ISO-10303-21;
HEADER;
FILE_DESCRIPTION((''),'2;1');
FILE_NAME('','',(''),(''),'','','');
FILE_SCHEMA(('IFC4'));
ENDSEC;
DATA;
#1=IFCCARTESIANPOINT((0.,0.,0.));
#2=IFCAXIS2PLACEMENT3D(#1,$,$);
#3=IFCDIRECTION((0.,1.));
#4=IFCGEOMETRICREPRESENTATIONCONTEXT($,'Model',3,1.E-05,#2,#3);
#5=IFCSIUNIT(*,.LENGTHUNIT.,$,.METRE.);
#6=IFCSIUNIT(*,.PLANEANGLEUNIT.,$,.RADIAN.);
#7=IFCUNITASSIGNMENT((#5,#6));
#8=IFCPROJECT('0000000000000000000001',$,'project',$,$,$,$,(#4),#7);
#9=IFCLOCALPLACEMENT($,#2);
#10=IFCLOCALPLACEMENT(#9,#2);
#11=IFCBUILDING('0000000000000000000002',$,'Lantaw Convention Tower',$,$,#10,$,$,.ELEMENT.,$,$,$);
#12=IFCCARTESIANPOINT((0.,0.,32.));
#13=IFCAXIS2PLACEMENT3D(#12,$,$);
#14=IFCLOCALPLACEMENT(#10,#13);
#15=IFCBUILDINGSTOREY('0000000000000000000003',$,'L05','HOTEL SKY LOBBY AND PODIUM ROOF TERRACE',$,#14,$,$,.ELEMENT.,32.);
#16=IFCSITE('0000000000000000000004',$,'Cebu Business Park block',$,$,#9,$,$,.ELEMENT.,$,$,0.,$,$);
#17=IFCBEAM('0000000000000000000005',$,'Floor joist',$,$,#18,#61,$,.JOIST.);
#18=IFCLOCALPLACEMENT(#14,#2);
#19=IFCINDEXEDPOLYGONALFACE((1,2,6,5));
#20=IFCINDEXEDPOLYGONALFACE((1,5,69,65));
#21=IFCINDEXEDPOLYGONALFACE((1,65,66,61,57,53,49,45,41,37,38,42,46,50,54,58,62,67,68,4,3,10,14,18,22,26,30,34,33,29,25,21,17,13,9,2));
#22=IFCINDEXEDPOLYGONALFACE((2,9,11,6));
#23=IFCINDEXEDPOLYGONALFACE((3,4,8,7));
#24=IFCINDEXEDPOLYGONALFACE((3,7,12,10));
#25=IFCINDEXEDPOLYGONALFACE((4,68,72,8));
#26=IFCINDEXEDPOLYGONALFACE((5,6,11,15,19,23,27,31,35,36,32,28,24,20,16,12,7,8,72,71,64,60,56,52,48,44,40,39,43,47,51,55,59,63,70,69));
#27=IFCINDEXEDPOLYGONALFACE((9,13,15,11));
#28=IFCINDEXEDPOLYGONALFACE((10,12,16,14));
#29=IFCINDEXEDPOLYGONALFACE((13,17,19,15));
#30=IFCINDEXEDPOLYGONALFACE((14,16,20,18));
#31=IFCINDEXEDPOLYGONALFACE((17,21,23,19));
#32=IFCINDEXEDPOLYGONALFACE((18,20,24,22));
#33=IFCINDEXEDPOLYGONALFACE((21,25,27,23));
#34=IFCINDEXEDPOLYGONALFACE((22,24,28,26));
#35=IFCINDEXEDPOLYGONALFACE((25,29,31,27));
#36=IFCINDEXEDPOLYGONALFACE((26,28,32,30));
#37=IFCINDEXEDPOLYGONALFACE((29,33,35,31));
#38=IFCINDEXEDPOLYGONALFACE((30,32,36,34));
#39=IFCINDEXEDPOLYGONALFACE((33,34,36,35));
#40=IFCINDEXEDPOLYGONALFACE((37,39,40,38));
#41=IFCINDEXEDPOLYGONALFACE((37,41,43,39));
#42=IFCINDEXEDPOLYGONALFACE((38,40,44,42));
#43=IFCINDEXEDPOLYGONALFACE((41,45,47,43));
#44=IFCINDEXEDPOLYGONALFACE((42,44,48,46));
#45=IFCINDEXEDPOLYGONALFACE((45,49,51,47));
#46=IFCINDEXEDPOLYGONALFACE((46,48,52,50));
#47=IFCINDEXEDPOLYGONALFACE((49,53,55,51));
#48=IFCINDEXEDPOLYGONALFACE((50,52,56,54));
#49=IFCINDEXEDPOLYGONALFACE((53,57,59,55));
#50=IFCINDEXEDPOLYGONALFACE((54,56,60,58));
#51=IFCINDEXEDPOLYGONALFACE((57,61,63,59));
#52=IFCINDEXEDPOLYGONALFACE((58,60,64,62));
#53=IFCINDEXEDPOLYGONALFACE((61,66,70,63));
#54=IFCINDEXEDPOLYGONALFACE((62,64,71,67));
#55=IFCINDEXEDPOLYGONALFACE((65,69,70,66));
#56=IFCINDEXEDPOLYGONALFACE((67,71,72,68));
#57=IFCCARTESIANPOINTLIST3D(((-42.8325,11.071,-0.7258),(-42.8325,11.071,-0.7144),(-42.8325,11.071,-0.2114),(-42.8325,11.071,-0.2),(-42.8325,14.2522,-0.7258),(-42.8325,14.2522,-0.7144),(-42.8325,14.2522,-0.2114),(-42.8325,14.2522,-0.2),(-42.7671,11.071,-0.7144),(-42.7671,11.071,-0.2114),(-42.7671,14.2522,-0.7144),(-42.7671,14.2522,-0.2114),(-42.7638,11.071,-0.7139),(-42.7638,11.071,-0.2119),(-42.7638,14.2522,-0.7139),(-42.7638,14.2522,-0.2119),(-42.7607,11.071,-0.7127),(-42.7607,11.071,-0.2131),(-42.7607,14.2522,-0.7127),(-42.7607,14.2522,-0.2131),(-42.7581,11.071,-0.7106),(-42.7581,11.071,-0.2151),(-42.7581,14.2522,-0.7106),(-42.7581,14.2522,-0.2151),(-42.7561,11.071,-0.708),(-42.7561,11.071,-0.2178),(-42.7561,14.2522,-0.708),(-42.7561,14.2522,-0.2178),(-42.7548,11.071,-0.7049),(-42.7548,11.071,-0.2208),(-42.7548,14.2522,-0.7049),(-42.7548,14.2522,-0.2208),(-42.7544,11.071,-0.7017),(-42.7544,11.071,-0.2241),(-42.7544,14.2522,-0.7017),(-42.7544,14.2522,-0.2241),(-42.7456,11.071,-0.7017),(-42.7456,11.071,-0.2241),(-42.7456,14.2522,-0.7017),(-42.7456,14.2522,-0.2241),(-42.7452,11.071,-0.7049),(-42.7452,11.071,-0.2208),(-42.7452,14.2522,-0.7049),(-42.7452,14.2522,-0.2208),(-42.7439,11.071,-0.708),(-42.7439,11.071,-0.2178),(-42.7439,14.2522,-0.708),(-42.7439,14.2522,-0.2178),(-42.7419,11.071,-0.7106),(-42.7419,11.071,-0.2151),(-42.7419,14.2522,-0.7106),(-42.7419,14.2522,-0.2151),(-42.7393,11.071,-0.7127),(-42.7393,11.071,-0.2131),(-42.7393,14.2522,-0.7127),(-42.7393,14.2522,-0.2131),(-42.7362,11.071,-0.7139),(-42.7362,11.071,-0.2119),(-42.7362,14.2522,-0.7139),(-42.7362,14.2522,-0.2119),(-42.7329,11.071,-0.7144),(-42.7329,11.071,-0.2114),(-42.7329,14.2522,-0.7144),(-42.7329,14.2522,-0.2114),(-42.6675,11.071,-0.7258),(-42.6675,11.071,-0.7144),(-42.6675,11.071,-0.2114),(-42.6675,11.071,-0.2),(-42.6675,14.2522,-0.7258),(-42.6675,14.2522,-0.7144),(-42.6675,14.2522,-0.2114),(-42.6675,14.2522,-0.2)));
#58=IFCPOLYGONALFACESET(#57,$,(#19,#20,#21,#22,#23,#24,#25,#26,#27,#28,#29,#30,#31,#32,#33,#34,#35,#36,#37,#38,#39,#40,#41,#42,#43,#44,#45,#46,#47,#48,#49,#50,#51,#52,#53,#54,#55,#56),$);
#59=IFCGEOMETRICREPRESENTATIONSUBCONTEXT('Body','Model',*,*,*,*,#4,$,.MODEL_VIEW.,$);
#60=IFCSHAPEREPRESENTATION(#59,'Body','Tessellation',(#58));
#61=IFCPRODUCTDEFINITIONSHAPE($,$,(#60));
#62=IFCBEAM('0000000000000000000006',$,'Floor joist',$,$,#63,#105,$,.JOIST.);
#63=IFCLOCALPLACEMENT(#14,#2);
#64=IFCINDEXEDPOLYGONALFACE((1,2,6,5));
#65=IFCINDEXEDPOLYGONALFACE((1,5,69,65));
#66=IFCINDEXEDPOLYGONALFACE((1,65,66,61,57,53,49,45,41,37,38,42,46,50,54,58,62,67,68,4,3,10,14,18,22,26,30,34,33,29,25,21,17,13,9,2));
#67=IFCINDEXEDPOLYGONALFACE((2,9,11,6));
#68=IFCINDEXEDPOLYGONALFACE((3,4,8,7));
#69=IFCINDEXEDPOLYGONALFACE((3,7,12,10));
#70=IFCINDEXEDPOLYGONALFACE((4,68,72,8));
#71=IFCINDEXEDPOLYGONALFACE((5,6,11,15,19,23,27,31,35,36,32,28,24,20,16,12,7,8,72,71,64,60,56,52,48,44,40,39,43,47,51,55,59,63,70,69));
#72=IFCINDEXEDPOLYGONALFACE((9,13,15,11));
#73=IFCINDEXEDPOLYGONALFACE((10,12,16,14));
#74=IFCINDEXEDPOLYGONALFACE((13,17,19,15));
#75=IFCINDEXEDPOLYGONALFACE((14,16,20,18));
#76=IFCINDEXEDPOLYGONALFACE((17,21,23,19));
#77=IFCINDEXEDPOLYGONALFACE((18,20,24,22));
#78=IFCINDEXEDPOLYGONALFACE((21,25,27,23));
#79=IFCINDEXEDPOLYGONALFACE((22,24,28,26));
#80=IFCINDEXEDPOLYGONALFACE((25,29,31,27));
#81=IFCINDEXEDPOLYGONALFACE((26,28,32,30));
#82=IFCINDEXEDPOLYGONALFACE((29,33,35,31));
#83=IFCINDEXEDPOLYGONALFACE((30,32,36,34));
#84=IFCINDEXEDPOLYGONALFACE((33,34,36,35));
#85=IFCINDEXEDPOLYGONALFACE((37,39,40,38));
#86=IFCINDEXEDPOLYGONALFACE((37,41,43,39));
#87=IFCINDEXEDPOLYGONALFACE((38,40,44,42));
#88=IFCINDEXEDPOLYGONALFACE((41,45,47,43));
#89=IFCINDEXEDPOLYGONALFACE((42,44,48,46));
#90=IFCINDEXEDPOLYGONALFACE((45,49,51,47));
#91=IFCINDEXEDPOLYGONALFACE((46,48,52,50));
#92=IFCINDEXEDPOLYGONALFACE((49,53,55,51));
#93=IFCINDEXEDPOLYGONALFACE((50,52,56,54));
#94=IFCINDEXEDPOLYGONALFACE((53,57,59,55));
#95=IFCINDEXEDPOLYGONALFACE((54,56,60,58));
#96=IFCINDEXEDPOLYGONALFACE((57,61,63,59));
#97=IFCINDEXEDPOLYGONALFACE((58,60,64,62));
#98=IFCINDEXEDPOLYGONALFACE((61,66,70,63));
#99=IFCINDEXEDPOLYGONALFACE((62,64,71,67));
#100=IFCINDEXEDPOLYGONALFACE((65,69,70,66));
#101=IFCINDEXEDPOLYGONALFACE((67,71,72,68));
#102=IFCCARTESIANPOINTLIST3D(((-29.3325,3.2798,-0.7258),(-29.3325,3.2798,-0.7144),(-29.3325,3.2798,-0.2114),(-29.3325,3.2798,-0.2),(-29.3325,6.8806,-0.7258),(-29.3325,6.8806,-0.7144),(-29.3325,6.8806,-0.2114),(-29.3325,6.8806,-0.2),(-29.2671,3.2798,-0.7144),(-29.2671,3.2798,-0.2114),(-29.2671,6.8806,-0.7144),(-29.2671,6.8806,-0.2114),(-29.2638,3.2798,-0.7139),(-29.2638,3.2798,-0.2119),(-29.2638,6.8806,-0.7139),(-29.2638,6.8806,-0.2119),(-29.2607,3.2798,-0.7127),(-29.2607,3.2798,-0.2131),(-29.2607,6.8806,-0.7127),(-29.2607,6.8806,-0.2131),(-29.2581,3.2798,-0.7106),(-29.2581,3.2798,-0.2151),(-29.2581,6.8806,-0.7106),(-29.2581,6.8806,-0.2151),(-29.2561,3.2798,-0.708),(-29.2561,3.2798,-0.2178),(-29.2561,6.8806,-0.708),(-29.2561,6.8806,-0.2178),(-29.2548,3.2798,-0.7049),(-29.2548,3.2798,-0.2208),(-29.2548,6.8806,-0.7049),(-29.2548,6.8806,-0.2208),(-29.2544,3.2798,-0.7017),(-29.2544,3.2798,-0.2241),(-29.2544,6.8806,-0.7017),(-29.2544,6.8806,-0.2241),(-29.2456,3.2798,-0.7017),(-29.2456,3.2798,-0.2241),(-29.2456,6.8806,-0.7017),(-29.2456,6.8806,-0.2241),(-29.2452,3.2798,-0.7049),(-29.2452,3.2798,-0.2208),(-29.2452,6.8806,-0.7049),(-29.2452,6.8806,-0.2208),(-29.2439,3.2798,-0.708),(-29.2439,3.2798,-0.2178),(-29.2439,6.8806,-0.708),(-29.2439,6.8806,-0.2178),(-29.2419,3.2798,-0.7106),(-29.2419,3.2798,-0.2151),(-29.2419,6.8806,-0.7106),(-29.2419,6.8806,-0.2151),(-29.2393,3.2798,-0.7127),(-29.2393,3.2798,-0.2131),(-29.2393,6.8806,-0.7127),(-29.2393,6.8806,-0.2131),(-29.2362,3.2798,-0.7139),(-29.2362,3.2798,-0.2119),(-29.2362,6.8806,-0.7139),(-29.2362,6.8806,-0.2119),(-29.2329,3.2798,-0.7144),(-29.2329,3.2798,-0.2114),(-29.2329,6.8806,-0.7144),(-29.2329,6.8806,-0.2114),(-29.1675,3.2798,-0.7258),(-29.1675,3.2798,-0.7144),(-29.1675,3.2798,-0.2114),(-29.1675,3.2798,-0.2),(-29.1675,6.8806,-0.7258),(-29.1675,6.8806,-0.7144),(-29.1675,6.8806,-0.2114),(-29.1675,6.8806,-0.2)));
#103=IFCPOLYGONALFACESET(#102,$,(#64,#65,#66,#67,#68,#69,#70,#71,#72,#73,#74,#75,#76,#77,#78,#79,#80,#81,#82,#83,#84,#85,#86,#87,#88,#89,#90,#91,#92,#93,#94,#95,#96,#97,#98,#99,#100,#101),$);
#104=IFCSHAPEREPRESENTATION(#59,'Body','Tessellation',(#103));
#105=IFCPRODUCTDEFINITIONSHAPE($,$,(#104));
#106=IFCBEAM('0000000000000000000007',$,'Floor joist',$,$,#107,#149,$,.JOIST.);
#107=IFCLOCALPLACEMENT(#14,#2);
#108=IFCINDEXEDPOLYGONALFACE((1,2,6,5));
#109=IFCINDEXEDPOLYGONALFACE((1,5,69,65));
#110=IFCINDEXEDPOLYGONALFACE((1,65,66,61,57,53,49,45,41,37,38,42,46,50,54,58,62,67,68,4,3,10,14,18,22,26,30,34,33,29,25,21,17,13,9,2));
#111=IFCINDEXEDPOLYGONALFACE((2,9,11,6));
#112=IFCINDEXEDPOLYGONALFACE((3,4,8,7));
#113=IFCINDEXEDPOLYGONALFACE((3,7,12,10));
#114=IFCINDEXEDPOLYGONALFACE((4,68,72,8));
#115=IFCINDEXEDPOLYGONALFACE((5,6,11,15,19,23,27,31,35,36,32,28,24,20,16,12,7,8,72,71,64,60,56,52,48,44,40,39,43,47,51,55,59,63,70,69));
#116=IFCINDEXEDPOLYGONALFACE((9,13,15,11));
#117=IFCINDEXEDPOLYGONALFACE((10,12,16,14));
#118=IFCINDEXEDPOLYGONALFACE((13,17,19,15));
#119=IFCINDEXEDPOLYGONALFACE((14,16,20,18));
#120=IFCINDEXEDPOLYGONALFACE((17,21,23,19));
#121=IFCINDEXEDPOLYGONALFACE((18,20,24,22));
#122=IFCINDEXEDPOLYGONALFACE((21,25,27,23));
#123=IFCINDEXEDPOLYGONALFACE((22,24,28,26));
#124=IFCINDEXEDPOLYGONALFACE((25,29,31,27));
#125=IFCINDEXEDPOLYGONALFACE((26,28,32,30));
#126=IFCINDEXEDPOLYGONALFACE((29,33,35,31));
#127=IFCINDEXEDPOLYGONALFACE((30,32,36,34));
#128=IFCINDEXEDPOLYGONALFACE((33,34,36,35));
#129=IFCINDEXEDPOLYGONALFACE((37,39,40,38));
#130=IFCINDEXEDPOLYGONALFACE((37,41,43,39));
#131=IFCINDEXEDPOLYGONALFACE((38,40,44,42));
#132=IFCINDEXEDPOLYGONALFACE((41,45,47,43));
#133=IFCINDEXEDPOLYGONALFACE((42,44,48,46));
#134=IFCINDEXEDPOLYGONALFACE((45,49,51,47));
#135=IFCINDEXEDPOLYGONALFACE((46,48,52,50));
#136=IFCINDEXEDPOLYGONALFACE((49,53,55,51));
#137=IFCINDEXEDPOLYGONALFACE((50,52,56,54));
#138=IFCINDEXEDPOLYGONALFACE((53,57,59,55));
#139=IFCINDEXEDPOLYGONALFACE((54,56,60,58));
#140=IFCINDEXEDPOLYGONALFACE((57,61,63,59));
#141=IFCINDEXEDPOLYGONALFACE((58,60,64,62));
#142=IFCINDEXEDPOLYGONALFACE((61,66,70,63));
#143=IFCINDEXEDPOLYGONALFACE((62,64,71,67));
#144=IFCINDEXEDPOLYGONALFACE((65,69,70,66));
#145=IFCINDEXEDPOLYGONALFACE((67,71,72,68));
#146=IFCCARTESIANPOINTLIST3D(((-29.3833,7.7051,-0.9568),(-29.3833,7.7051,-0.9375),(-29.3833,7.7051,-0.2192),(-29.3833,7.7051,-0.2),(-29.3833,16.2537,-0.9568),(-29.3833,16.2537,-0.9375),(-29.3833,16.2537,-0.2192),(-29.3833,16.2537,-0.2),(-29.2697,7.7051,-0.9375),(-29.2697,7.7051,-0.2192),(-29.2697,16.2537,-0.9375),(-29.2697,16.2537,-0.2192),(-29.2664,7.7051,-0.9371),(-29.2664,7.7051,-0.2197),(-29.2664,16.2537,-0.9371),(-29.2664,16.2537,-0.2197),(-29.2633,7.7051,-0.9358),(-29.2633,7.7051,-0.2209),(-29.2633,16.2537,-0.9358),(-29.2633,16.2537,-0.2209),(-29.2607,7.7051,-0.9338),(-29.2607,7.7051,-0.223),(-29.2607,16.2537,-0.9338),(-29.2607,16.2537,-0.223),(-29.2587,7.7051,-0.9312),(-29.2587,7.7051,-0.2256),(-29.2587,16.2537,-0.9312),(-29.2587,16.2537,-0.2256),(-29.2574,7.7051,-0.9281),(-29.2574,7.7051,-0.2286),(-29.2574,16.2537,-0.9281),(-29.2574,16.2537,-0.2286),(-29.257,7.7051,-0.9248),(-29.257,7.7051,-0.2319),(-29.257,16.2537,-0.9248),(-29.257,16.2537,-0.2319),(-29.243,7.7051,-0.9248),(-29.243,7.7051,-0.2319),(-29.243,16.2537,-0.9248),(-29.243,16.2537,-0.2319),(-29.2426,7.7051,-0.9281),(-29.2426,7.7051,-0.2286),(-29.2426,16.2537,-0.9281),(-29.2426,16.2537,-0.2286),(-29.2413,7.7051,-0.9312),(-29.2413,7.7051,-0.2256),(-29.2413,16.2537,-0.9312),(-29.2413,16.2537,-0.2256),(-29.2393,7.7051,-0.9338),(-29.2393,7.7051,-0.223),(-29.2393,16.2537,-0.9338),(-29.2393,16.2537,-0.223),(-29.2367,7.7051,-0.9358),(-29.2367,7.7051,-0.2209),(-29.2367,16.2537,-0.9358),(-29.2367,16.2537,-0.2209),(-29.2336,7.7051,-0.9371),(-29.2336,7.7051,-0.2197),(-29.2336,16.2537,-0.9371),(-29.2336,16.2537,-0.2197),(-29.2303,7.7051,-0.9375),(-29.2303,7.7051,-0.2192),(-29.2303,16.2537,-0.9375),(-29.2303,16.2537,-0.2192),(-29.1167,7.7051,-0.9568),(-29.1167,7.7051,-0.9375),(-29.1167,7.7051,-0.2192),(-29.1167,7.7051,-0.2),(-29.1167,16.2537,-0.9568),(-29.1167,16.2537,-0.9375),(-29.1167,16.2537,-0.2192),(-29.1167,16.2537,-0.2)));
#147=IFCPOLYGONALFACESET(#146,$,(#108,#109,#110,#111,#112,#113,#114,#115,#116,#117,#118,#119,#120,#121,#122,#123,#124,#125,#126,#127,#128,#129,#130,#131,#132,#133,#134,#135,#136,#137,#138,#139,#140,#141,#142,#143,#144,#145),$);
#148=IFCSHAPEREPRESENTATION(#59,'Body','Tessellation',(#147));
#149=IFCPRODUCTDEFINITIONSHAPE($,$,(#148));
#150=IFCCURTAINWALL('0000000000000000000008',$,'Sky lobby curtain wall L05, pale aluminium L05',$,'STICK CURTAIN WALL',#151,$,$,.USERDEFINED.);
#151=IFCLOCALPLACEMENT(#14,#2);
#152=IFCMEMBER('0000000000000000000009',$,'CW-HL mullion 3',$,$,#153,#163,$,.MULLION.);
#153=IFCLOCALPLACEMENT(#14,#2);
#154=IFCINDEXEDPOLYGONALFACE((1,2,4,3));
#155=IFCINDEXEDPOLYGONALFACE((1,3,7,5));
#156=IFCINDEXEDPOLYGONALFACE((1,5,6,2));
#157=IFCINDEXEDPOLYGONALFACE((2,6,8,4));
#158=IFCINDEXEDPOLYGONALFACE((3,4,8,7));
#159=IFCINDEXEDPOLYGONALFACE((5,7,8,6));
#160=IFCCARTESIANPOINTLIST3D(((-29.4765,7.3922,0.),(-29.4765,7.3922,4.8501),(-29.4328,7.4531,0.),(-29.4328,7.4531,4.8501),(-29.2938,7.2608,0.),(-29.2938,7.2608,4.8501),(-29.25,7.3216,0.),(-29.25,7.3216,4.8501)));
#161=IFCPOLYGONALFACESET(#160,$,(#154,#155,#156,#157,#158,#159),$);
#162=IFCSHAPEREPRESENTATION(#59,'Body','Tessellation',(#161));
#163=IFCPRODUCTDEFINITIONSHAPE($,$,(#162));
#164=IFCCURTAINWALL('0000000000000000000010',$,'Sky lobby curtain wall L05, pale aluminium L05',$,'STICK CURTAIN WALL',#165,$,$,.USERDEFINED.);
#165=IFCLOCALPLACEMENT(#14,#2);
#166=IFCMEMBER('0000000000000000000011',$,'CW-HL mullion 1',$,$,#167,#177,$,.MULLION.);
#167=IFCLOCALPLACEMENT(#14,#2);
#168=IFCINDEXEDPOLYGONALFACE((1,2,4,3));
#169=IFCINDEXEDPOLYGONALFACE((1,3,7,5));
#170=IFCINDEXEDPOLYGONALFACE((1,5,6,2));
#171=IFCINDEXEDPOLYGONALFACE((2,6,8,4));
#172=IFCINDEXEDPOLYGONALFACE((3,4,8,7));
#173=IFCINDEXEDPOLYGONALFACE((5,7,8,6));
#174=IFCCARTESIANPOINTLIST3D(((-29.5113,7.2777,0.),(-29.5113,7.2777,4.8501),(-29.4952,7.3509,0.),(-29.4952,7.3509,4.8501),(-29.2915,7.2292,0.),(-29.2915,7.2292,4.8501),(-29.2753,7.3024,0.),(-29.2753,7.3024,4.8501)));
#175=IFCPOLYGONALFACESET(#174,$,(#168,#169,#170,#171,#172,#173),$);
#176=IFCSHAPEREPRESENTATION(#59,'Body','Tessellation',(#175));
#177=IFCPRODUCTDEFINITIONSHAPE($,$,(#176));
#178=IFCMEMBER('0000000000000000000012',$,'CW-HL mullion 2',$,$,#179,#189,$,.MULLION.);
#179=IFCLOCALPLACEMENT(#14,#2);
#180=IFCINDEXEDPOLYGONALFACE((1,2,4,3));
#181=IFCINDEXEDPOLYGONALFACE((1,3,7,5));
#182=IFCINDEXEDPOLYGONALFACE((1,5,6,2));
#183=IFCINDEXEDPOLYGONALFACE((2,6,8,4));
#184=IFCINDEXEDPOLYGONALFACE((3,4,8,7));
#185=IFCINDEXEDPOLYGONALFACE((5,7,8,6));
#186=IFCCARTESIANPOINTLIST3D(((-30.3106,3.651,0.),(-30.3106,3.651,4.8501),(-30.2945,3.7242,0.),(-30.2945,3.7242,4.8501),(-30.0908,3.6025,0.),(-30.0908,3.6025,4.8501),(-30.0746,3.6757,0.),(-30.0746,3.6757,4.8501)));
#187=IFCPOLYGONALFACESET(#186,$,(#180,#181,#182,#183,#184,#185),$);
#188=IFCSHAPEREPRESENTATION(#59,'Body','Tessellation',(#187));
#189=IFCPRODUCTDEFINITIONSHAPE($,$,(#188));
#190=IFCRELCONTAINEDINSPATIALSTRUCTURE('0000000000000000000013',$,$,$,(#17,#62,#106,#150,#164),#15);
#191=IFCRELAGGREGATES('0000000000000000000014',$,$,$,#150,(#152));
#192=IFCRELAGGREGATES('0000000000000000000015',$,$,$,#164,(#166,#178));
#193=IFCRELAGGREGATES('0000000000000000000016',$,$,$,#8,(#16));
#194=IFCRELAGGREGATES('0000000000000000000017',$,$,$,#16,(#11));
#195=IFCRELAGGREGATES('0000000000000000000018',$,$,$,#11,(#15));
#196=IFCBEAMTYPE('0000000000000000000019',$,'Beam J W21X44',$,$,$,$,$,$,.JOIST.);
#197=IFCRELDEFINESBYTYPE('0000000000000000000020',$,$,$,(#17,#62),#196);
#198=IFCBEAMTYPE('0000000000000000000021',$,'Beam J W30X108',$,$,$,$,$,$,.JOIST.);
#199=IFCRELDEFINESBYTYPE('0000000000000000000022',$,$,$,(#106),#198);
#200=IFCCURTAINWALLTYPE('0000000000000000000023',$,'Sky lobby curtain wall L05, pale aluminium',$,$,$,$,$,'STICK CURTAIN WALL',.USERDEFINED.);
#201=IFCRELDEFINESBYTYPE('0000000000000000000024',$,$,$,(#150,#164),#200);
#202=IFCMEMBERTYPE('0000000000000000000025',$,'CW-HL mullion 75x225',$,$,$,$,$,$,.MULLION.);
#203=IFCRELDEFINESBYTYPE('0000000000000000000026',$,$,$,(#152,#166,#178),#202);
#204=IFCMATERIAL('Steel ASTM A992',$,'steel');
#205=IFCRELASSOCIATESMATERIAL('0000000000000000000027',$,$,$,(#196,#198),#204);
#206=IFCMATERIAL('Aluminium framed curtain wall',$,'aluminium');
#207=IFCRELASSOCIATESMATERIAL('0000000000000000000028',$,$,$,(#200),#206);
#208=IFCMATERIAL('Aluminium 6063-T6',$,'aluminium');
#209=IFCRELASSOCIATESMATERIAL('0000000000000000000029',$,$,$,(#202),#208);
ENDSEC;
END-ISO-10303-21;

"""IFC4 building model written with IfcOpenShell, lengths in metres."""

from ifc_helpers import new_model, si_unit, direction, frame, origin, origin_2d, place, context, subcontext, project, spatial, rectangle, i_section, extrude, material, material_profile, profile_set, type_object, element, aggregate, save


model = new_model("IFC4")

# Units and contexts
model_context = context("Model", 3, precision=1e-05, world=origin(), true_north=direction((0.0, 1.0)))
body_context = subcontext(model_context, "Body", "Model", "MODEL_VIEW")
ifc_project = project(units=[si_unit("LENGTHUNIT", "METRE"), si_unit("PLANEANGLEUNIT", "RADIAN")], contexts=[model_context])

# Site, building, storey
site_placement = place(None, origin())
site = spatial("IfcSite", under=ifc_project, at=site_placement, Name="Cebu Business Park block", CompositionType="ELEMENT", RefElevation=0.0)
building_placement = place(site_placement, origin())
building = spatial("IfcBuilding", under=site, at=building_placement, Name="Lantaw Convention Tower", CompositionType="ELEMENT")
storey_placement = place(building_placement, frame((0.0, 0.0, 32.0)))
storey = spatial("IfcBuildingStorey", under=building, at=storey_placement, Name="L05", Description="HOTEL SKY LOBBY AND PODIUM ROOF TERRACE", CompositionType="ELEMENT", Elevation=32.0)

# Beams
ifc_material_1 = material(Name="Steel ASTM A992", Category="steel")
ifc_material_profile_1 = material_profile(ifc_material_1, i_section(OverallWidth=0.165, OverallDepth=0.5259, WebThickness=0.0088, FlangeThickness=0.0115, FilletRadius=0.0127, at=origin_2d()), Name="W21X44")
ifc_profile_set_1 = profile_set([ifc_material_profile_1], Name="Steel ASTM A992")
beam_type_1 = type_object("IfcBeamType", Name="Beam J W21X44", PredefinedType="JOIST", material=ifc_profile_set_1)
beam_1_placement = place(storey_placement, frame((-42.75, 11.071, -0.4629), z_axis=(0.0, 1.0, 0.0), x_axis=(-1.0, 0.0, 0.0)))
element("IfcBeam", 1, at=beam_1_placement, inside=storey, type_object=beam_type_1, Name="Floor joist", PredefinedType="JOIST", context=body_context, shape_type="SweptSolid", body=[
    extrude(i_section(OverallWidth=0.165, OverallDepth=0.5259, WebThickness=0.0088, FlangeThickness=0.0115, FilletRadius=0.0127, at=origin_2d()), origin(), (0.0, 0.0, 1.0), 3.1812),
])
beam_2_placement = place(storey_placement, frame((-29.25, 3.2798, -0.4629), z_axis=(0.0, 1.0, 0.0), x_axis=(-1.0, 0.0, 0.0)))
element("IfcBeam", 2, at=beam_2_placement, inside=storey, type_object=beam_type_1, Name="Floor joist", PredefinedType="JOIST", context=body_context, shape_type="SweptSolid", body=[
    extrude(i_section(OverallWidth=0.165, OverallDepth=0.5259, WebThickness=0.0088, FlangeThickness=0.0115, FilletRadius=0.0127, at=origin_2d()), origin(), (0.0, 0.0, 1.0), 3.6008),
])
ifc_material_profile_2 = material_profile(ifc_material_1, i_section(OverallWidth=0.2666, OverallDepth=0.7568, WebThickness=0.0139, FlangeThickness=0.0193, FilletRadius=0.0127, at=origin_2d()), Name="W30X108")
ifc_profile_set_2 = profile_set([ifc_material_profile_2], Name="Steel ASTM A992")
beam_type_2 = type_object("IfcBeamType", Name="Beam J W30X108", PredefinedType="JOIST", material=ifc_profile_set_2)
beam_3_placement = place(storey_placement, frame((-29.25, 7.7051, -0.5784), z_axis=(0.0, 1.0, 0.0), x_axis=(-1.0, 0.0, 0.0)))
element("IfcBeam", 3, at=beam_3_placement, inside=storey, type_object=beam_type_2, Name="Floor joist", PredefinedType="JOIST", context=body_context, shape_type="SweptSolid", body=[
    extrude(i_section(OverallWidth=0.2666, OverallDepth=0.7568, WebThickness=0.0139, FlangeThickness=0.0193, FilletRadius=0.0127, at=origin_2d()), origin(), (0.0, 0.0, 1.0), 8.5486),
])

# Curtain wall, member
ifc_material_2 = material(Name="Aluminium framed curtain wall", Category="aluminium")
curtain_wall_type = type_object("IfcCurtainWallType", Name="Sky lobby curtain wall L05, pale aluminium", ElementType="STICK CURTAIN WALL", PredefinedType="USERDEFINED", material=ifc_material_2)
curtain_wall_1_placement = place(storey_placement, origin())
curtain_wall_1 = element("IfcCurtainWall", 4, at=curtain_wall_1_placement, inside=storey, type_object=curtain_wall_type, Name="Sky lobby curtain wall L05, pale aluminium L05", ObjectType="STICK CURTAIN WALL", PredefinedType="USERDEFINED")
ifc_material_3 = material(Name="Aluminium 6063-T6", Category="aluminium")
ifc_material_profile_3 = material_profile(ifc_material_3, rectangle(XDim=0.2251, YDim=0.075, at=origin_2d()), Name="CW-HL mullion 75x225")
ifc_profile_set_3 = profile_set([ifc_material_profile_3], Name="Aluminium 6063-T6")
member_type_1 = type_object("IfcMemberType", Name="CW-HL mullion 75x225", PredefinedType="MULLION", material=ifc_profile_set_3)
member_1_placement = place(storey_placement, frame((-29.3633, 7.3569, 0.0), z_axis=(0.0, 0.0, 1.0), x_axis=(0.811789, -0.583951, 0.0)))
member_1 = element("IfcMember", 5, at=member_1_placement, type_object=member_type_1, Name="CW-HL mullion 3", PredefinedType="MULLION", context=body_context, shape_type="SweptSolid", body=[
    extrude(rectangle(XDim=0.2251, YDim=0.075, at=origin_2d()), origin(), (0.0, 0.0, 1.0), 4.8501),
])
aggregate(curtain_wall_1, [member_1])

# Curtain wall, members
curtain_wall_2_placement = place(storey_placement, origin())
curtain_wall_2 = element("IfcCurtainWall", 6, at=curtain_wall_2_placement, inside=storey, type_object=curtain_wall_type, Name="Sky lobby curtain wall L05, pale aluminium L05", ObjectType="STICK CURTAIN WALL", PredefinedType="USERDEFINED")
member_2_placement = place(storey_placement, frame((-29.3933, 7.29, 0.0), z_axis=(0.0, 0.0, 1.0), x_axis=(0.97656, -0.215246, 0.0)))
member_2 = element("IfcMember", 7, at=member_2_placement, type_object=member_type_1, Name="CW-HL mullion 1", PredefinedType="MULLION", context=body_context, shape_type="SweptSolid", body=[
    extrude(rectangle(XDim=0.2251, YDim=0.075, at=origin_2d()), origin(), (0.0, 0.0, 1.0), 4.8501),
])
member_3_placement = place(storey_placement, frame((-30.1926, 3.6633, 0.0), z_axis=(0.0, 0.0, 1.0), x_axis=(0.97656, -0.215246, 0.0)))
member_3 = element("IfcMember", 8, at=member_3_placement, type_object=member_type_1, Name="CW-HL mullion 2", PredefinedType="MULLION", context=body_context, shape_type="SweptSolid", body=[
    extrude(rectangle(XDim=0.2251, YDim=0.075, at=origin_2d()), origin(), (0.0, 0.0, 1.0), 4.8501),
])
aggregate(curtain_wall_2, [member_2, member_3])

save(model, "model.ifc")
